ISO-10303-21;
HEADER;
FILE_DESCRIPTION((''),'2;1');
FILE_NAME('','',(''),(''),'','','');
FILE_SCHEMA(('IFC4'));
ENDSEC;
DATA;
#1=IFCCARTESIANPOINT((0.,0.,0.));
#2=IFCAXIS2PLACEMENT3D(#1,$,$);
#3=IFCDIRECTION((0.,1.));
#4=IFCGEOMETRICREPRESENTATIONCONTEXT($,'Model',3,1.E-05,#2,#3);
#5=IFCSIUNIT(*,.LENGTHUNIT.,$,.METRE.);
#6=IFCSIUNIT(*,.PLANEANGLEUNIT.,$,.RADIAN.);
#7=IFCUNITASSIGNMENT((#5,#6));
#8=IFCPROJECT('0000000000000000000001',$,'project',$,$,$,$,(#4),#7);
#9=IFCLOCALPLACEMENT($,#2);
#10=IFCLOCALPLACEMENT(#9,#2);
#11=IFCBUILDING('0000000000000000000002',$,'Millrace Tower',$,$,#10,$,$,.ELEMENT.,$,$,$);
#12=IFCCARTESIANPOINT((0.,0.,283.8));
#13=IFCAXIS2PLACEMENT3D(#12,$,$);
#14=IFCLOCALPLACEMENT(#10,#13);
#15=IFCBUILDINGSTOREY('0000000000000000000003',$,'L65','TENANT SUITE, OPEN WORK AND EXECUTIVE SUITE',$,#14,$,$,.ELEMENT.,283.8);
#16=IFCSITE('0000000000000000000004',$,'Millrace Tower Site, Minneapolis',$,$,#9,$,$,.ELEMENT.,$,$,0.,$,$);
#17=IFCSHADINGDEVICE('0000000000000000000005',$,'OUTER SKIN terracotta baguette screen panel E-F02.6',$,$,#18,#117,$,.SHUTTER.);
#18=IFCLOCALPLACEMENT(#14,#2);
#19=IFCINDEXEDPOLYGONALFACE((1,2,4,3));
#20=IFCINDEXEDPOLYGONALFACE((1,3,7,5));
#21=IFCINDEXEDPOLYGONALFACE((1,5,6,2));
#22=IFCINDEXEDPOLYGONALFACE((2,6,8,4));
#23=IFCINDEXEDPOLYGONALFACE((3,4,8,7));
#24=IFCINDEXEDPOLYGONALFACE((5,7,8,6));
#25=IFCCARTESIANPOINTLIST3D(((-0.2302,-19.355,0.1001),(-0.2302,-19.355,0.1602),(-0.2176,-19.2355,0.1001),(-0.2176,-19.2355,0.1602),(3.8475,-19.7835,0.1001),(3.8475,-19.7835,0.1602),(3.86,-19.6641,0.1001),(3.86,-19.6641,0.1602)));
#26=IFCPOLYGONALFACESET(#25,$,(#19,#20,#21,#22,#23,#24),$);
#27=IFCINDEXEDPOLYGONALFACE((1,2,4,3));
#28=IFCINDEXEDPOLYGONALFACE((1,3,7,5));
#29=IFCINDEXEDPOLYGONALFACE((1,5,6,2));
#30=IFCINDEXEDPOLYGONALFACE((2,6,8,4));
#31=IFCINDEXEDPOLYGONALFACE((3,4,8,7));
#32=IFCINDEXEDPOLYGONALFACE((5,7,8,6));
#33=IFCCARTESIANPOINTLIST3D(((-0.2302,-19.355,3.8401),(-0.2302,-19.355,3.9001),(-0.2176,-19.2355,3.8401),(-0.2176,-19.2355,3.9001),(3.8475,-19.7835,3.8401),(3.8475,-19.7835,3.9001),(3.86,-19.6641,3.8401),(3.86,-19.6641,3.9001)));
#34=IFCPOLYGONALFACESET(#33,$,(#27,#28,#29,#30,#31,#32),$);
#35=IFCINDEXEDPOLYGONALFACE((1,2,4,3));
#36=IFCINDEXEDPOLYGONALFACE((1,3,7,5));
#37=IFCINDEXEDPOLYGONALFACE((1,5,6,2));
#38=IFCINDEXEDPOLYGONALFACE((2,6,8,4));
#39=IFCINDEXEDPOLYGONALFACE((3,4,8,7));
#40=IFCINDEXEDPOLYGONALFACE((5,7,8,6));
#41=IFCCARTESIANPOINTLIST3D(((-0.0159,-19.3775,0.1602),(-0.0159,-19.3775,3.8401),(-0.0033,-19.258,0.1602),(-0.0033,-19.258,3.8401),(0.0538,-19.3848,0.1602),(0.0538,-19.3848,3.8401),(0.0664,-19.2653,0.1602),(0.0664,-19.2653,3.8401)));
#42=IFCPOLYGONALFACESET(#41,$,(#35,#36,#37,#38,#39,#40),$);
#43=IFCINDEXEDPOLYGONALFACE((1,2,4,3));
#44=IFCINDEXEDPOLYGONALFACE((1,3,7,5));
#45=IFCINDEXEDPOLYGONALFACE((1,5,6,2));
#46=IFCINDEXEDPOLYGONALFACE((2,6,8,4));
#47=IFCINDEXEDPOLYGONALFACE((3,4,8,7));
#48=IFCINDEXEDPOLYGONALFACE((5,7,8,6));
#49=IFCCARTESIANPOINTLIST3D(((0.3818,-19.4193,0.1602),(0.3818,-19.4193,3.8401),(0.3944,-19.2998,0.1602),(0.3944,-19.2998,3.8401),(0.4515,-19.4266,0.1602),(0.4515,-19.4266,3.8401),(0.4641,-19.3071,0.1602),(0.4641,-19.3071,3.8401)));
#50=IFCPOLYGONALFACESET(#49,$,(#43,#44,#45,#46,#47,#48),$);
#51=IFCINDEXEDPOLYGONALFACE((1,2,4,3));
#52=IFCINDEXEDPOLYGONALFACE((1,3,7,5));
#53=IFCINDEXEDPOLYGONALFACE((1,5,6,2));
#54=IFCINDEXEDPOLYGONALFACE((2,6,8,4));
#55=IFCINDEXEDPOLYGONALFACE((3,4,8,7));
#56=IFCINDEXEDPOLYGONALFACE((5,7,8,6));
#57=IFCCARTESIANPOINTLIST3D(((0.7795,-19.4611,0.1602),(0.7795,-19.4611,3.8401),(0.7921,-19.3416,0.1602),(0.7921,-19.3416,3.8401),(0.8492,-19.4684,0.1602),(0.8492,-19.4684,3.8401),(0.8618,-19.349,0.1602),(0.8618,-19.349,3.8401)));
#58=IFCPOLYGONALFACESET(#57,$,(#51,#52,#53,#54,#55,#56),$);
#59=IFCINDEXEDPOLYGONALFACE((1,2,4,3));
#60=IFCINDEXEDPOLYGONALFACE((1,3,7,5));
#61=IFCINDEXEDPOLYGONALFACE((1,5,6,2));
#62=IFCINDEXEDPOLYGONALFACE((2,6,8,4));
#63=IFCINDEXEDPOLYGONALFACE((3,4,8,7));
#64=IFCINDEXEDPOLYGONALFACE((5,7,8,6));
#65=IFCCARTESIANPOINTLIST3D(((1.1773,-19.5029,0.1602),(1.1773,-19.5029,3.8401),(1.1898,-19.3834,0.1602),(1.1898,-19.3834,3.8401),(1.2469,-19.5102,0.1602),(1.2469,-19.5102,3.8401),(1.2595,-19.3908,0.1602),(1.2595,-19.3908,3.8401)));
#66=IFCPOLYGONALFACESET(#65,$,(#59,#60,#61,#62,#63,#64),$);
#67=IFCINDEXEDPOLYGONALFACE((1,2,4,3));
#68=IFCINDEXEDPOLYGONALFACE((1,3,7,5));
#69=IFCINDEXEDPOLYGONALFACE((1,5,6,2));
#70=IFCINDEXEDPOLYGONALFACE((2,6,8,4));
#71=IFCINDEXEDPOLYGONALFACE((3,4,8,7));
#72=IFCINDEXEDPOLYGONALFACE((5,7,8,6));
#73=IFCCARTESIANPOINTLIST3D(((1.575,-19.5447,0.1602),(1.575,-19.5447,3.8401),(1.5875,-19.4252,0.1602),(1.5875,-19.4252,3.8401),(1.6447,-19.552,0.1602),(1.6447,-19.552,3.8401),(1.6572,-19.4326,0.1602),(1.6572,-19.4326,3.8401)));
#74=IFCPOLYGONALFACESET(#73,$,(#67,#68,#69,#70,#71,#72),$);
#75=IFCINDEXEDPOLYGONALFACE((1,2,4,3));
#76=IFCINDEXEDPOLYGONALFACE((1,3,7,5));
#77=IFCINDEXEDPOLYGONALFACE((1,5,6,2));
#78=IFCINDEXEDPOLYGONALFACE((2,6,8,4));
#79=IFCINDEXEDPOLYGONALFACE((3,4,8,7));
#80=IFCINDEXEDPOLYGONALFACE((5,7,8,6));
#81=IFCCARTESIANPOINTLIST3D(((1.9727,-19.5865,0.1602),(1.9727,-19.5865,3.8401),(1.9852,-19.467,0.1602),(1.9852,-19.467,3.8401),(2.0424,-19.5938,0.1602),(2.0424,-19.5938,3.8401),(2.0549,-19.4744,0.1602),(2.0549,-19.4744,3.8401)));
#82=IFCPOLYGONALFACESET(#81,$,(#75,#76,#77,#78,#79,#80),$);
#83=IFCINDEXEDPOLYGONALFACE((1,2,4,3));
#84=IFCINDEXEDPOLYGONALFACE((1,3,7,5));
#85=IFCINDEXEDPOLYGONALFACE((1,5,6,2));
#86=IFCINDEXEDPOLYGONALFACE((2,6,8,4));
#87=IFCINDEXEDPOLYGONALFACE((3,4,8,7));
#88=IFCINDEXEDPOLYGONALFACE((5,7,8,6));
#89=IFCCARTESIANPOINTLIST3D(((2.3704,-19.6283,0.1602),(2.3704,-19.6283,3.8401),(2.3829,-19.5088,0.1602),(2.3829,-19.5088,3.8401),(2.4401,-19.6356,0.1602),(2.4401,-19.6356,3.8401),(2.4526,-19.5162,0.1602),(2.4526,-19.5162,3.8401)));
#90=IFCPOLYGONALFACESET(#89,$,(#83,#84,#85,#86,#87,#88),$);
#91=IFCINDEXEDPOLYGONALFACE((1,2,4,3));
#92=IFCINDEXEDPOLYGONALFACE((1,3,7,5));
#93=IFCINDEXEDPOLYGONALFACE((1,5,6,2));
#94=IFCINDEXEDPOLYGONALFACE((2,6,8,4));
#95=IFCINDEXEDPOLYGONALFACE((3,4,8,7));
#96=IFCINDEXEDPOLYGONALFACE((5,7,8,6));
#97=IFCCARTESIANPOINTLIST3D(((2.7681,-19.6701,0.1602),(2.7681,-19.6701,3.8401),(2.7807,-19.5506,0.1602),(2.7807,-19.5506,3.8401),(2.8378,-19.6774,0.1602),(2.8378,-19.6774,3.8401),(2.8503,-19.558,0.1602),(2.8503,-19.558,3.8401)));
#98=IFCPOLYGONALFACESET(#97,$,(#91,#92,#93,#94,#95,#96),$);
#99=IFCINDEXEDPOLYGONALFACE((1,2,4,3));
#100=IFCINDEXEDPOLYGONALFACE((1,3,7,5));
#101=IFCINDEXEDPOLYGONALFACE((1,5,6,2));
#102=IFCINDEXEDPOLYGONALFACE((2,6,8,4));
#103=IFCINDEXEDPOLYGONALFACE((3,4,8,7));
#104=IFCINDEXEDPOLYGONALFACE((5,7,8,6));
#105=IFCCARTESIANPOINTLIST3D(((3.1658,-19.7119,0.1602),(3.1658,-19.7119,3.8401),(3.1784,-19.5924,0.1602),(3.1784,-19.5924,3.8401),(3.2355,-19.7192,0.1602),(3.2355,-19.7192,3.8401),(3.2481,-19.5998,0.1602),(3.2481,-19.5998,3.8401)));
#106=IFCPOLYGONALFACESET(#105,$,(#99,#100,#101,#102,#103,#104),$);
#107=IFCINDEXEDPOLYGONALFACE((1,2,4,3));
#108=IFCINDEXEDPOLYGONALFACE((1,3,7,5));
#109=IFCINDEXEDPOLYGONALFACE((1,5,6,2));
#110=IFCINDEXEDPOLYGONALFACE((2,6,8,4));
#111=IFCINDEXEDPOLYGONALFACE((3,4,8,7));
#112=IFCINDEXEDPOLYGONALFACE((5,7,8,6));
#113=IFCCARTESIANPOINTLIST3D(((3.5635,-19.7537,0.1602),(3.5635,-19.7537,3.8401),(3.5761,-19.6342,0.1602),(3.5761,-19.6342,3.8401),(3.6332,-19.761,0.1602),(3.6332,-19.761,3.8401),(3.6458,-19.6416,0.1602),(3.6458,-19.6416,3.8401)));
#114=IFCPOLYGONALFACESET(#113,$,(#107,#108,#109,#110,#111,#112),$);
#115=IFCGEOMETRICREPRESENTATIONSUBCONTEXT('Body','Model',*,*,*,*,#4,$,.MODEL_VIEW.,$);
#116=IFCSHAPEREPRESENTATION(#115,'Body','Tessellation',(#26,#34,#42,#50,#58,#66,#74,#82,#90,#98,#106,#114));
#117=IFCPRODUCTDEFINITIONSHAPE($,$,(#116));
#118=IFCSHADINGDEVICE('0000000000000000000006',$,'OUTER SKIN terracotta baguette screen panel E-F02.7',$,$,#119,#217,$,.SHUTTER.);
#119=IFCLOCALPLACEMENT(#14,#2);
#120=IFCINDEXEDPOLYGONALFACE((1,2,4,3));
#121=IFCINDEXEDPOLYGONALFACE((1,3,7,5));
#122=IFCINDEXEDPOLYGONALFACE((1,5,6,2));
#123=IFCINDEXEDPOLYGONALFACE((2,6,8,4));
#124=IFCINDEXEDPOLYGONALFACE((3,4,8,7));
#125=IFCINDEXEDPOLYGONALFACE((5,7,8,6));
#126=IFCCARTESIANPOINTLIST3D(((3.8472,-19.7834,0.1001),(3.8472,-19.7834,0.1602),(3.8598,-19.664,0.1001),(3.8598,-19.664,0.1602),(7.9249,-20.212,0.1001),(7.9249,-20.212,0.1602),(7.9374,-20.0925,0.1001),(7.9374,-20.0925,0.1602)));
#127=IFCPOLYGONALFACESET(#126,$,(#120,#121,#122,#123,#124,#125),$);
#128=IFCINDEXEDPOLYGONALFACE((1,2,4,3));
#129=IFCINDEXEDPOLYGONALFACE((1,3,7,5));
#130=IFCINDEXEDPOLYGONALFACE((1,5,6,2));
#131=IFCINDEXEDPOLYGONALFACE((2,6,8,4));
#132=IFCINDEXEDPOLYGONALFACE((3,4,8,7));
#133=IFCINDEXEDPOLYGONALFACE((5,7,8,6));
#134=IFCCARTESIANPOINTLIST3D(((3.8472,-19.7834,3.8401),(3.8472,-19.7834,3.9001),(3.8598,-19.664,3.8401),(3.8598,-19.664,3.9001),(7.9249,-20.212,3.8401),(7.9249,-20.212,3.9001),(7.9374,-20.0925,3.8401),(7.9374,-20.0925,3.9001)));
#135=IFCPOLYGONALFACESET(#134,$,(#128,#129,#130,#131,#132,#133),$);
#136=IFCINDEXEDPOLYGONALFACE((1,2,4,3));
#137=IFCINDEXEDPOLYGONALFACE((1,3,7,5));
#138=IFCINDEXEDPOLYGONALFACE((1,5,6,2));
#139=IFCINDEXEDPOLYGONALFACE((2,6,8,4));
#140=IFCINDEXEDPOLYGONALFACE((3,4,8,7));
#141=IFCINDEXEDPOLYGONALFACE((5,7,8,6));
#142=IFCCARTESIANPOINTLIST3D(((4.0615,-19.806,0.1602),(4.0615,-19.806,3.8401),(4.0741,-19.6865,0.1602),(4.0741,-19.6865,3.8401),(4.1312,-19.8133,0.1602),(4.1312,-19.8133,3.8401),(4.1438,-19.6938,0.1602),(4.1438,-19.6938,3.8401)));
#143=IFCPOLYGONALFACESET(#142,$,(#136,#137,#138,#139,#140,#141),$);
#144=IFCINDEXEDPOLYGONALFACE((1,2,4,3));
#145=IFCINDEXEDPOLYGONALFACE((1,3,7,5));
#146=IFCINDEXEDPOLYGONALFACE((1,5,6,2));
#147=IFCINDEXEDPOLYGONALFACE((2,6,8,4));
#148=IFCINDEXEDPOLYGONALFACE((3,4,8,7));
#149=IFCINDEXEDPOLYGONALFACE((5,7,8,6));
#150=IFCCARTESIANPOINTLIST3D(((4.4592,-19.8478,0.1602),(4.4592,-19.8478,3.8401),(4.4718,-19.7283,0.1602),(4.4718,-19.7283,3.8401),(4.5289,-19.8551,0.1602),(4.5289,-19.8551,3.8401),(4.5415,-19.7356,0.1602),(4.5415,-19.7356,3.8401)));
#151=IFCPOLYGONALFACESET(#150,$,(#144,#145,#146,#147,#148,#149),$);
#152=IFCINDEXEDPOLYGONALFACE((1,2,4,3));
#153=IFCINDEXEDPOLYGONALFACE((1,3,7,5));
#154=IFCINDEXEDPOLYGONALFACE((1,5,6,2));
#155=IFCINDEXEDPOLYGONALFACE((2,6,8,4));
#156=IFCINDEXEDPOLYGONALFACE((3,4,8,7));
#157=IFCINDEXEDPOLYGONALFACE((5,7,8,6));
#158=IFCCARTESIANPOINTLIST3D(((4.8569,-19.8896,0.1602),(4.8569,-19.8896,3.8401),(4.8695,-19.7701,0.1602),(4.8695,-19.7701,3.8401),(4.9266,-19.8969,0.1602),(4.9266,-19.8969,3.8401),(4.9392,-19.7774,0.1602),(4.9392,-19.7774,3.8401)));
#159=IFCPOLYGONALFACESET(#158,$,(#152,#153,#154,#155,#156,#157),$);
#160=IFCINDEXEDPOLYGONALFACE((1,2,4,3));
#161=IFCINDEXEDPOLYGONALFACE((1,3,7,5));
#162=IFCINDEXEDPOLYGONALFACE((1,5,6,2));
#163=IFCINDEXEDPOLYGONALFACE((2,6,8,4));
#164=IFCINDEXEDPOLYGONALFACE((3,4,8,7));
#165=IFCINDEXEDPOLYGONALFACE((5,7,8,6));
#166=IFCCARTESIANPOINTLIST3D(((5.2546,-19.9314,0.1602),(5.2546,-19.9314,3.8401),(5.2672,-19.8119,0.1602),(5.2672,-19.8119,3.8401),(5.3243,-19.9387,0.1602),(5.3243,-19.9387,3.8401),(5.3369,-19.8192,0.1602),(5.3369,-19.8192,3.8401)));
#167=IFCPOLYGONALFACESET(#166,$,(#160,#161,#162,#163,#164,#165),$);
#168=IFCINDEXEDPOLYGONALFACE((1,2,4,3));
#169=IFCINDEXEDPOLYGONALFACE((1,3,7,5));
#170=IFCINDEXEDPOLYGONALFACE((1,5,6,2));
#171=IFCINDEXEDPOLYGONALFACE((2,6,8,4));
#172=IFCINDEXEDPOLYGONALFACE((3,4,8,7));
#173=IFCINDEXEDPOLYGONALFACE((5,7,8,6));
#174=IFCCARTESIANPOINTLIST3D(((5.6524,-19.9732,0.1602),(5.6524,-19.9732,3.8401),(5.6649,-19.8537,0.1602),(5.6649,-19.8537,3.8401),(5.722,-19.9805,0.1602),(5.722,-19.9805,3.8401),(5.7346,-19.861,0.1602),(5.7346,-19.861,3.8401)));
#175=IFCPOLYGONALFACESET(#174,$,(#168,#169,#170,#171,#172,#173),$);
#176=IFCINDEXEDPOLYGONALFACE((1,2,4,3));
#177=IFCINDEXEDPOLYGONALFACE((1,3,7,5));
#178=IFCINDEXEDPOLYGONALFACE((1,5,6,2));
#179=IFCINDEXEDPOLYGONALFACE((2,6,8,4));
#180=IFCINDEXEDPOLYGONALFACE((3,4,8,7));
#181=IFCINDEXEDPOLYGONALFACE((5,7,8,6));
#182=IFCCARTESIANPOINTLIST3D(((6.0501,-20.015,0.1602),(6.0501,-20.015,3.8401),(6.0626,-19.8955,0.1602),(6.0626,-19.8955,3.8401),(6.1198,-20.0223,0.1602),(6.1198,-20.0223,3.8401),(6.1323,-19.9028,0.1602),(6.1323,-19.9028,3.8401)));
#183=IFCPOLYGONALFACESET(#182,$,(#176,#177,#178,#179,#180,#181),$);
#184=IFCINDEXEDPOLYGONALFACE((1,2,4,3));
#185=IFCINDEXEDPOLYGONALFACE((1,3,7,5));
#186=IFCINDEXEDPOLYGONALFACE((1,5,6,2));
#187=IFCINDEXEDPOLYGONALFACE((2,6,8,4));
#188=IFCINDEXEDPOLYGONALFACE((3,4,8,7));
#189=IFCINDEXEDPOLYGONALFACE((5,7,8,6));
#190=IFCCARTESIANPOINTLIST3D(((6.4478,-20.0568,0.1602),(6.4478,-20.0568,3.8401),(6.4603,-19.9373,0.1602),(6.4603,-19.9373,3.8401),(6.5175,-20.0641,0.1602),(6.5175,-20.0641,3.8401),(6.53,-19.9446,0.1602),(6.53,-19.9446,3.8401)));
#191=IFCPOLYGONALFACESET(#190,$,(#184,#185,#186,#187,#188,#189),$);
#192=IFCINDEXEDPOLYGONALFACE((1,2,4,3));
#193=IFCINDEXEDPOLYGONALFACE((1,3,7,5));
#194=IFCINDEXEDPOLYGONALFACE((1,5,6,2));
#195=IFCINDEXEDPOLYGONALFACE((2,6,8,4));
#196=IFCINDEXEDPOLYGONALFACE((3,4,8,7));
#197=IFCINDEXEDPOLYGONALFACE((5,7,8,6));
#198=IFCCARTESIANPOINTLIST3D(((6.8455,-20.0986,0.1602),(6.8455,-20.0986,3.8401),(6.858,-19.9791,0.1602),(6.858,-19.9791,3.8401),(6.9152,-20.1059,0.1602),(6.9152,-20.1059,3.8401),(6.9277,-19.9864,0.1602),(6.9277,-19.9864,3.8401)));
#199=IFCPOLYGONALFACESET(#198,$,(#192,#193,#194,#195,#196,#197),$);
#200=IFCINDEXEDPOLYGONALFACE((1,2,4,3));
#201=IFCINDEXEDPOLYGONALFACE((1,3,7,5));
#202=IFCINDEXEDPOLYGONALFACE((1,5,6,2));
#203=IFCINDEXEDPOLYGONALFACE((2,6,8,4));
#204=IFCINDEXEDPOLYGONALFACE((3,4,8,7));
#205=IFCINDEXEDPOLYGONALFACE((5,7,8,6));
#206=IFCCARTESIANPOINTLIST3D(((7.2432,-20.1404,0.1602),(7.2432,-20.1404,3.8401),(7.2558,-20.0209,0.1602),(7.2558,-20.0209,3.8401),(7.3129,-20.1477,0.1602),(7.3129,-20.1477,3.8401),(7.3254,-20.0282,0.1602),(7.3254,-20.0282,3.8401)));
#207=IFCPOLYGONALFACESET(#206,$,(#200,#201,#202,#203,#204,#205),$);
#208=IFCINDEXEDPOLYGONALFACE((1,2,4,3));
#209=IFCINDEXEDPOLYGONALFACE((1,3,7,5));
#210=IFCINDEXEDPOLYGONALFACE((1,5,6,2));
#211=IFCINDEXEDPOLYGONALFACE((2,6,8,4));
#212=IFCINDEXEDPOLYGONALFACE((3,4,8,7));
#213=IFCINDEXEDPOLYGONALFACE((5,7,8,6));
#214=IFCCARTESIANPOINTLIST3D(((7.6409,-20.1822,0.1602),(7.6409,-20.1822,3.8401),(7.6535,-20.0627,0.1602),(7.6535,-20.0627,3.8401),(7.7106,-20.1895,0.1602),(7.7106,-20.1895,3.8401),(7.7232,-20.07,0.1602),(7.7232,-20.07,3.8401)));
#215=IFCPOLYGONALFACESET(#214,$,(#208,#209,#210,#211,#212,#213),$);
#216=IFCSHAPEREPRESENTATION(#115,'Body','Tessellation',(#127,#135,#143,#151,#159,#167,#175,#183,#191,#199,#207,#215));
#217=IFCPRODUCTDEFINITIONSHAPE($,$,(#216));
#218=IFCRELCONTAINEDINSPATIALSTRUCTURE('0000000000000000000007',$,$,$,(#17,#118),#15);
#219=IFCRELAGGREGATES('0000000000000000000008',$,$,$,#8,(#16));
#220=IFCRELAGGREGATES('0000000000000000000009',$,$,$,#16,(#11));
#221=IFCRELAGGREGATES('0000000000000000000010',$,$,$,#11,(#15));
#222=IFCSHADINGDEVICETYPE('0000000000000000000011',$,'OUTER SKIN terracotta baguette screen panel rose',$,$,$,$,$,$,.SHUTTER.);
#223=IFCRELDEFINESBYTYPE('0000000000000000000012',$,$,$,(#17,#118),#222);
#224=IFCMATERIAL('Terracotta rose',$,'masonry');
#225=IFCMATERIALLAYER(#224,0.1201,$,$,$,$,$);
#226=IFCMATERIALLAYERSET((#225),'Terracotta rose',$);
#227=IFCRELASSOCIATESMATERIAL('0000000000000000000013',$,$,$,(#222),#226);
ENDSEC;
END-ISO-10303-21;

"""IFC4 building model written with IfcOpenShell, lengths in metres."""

from ifc_helpers import new_model, entity, si_unit, direction, frame, frame_2d, origin, place, context, subcontext, project, spatial, rectangle, extrude, source, transform, mapped, material, layer, layer_set, type_object, element, save


model = new_model("IFC4")

# Units and contexts
model_context = context("Model", 3, precision=1e-05, world=origin(), true_north=direction((0.0, 1.0)))
body_context = subcontext(model_context, "Body", "Model", "MODEL_VIEW")
ifc_project = project(units=[si_unit("LENGTHUNIT", "METRE"), si_unit("PLANEANGLEUNIT", "RADIAN")], contexts=[model_context])

# Site, building, storey
site_placement = place(None, origin())
site = spatial("IfcSite", under=ifc_project, at=site_placement, Name="Millrace Tower Site, Minneapolis", CompositionType="ELEMENT", RefElevation=0.0)
building_placement = place(site_placement, origin())
building = spatial("IfcBuilding", under=site, at=building_placement, Name="Millrace Tower", CompositionType="ELEMENT")
storey_placement = place(building_placement, frame((0.0, 0.0, 283.8)))
storey = spatial("IfcBuildingStorey", under=building, at=storey_placement, Name="L65", Description="TENANT SUITE, OPEN WORK AND EXECUTIVE SUITE", CompositionType="ELEMENT", Elevation=283.8)

# Shading devices
ifc_material_1 = material(Name="Terracotta rose", Category="masonry")
ifc_layer_1 = layer(ifc_material_1, 0.1201)
ifc_layer_set_1 = layer_set([ifc_layer_1], Name="Terracotta rose")
shading_device_type = type_object("IfcShadingDeviceType", Name="OUTER SKIN terracotta baguette screen panel rose", PredefinedType="SHUTTER", material=ifc_layer_set_1)
cartesian_point = entity("IfcCartesianPoint", [-2.05, 0.0601])
shared_polyline = entity("IfcPolyline", [cartesian_point, entity("IfcCartesianPoint", [2.05, 0.0601]), entity("IfcCartesianPoint", [2.05, -0.0601]), entity("IfcCartesianPoint", [-2.05, -0.0601]), cartesian_point])
shared_shape = source(origin(), body_context, "Body", "SweptSolid", [
    entity("IfcExtrudedAreaSolid", entity("IfcArbitraryClosedProfileDef", "AREA", None, shared_polyline), entity("IfcAxis2Placement3D", entity("IfcCartesianPoint", [0.0, 0.0, 0.0])), entity("IfcDirection", [0.0, 0.0, 1.0]), 0.0601),
    entity("IfcExtrudedAreaSolid", entity("IfcArbitraryClosedProfileDef", "AREA", None, shared_polyline), entity("IfcAxis2Placement3D", entity("IfcCartesianPoint", [0.0, 0.0, 3.74])), entity("IfcDirection", [0.0, 0.0, 1.0]), 0.0601),
    extrude(rectangle(XDim=0.0701, YDim=0.1201, at=frame_2d((-1.7996, 0.0))), frame((0.0, 0.0, 0.0601)), (0.0, 0.0, 1.0), 3.6799),
    extrude(rectangle(XDim=0.0701, YDim=0.1201, at=frame_2d((-1.3997, 0.0))), frame((0.0, 0.0, 0.0601)), (0.0, 0.0, 1.0), 3.6799),
    extrude(rectangle(XDim=0.0701, YDim=0.1201, at=frame_2d((-0.9998, 0.0))), frame((0.0, 0.0, 0.0601)), (0.0, 0.0, 1.0), 3.6799),
    extrude(rectangle(XDim=0.0701, YDim=0.1201, at=frame_2d((-0.5999, 0.0))), frame((0.0, 0.0, 0.0601)), (0.0, 0.0, 1.0), 3.6799),
    extrude(rectangle(XDim=0.0701, YDim=0.1201, at=frame_2d((-0.2, 0.0))), frame((0.0, 0.0, 0.0601)), (0.0, 0.0, 1.0), 3.6799),
    extrude(rectangle(XDim=0.0701, YDim=0.1201, at=frame_2d((0.2, 0.0))), frame((0.0, 0.0, 0.0601)), (0.0, 0.0, 1.0), 3.6799),
    extrude(rectangle(XDim=0.0701, YDim=0.1201, at=frame_2d((0.5999, 0.0))), frame((0.0, 0.0, 0.0601)), (0.0, 0.0, 1.0), 3.6799),
    extrude(rectangle(XDim=0.0701, YDim=0.1201, at=frame_2d((0.9998, 0.0))), frame((0.0, 0.0, 0.0601)), (0.0, 0.0, 1.0), 3.6799),
    extrude(rectangle(XDim=0.0701, YDim=0.1201, at=frame_2d((1.3997, 0.0))), frame((0.0, 0.0, 0.0601)), (0.0, 0.0, 1.0), 3.6799),
    extrude(rectangle(XDim=0.0701, YDim=0.1201, at=frame_2d((1.7996, 0.0))), frame((0.0, 0.0, 0.0601)), (0.0, 0.0, 1.0), 3.6799),
])
for number, where, z_axis, x_axis, name in (
    (1, (1.8149, -19.5095, 0.1001), (0.0, 0.0, 1.0), (0.994522, -0.104528, 0.0), "OUTER SKIN terracotta baguette screen panel E-F02.6"),
    (2, (5.8923, -19.938, 0.1001), (0.0, 0.0, 1.0), (0.994522, -0.104528, 0.0), "OUTER SKIN terracotta baguette screen panel E-F02.7"),
):
    element("IfcShadingDevice", number, at=place(storey_placement, frame(where, z_axis=z_axis, x_axis=x_axis)), inside=storey, type_object=shading_device_type, Name=name, PredefinedType="SHUTTER", context=body_context, shape_type="MappedRepresentation", body=[
        mapped(shared_shape, transform((0.0, 0.0, 0.0), scale=1.0)),
    ])

save(model, "model.ifc")
